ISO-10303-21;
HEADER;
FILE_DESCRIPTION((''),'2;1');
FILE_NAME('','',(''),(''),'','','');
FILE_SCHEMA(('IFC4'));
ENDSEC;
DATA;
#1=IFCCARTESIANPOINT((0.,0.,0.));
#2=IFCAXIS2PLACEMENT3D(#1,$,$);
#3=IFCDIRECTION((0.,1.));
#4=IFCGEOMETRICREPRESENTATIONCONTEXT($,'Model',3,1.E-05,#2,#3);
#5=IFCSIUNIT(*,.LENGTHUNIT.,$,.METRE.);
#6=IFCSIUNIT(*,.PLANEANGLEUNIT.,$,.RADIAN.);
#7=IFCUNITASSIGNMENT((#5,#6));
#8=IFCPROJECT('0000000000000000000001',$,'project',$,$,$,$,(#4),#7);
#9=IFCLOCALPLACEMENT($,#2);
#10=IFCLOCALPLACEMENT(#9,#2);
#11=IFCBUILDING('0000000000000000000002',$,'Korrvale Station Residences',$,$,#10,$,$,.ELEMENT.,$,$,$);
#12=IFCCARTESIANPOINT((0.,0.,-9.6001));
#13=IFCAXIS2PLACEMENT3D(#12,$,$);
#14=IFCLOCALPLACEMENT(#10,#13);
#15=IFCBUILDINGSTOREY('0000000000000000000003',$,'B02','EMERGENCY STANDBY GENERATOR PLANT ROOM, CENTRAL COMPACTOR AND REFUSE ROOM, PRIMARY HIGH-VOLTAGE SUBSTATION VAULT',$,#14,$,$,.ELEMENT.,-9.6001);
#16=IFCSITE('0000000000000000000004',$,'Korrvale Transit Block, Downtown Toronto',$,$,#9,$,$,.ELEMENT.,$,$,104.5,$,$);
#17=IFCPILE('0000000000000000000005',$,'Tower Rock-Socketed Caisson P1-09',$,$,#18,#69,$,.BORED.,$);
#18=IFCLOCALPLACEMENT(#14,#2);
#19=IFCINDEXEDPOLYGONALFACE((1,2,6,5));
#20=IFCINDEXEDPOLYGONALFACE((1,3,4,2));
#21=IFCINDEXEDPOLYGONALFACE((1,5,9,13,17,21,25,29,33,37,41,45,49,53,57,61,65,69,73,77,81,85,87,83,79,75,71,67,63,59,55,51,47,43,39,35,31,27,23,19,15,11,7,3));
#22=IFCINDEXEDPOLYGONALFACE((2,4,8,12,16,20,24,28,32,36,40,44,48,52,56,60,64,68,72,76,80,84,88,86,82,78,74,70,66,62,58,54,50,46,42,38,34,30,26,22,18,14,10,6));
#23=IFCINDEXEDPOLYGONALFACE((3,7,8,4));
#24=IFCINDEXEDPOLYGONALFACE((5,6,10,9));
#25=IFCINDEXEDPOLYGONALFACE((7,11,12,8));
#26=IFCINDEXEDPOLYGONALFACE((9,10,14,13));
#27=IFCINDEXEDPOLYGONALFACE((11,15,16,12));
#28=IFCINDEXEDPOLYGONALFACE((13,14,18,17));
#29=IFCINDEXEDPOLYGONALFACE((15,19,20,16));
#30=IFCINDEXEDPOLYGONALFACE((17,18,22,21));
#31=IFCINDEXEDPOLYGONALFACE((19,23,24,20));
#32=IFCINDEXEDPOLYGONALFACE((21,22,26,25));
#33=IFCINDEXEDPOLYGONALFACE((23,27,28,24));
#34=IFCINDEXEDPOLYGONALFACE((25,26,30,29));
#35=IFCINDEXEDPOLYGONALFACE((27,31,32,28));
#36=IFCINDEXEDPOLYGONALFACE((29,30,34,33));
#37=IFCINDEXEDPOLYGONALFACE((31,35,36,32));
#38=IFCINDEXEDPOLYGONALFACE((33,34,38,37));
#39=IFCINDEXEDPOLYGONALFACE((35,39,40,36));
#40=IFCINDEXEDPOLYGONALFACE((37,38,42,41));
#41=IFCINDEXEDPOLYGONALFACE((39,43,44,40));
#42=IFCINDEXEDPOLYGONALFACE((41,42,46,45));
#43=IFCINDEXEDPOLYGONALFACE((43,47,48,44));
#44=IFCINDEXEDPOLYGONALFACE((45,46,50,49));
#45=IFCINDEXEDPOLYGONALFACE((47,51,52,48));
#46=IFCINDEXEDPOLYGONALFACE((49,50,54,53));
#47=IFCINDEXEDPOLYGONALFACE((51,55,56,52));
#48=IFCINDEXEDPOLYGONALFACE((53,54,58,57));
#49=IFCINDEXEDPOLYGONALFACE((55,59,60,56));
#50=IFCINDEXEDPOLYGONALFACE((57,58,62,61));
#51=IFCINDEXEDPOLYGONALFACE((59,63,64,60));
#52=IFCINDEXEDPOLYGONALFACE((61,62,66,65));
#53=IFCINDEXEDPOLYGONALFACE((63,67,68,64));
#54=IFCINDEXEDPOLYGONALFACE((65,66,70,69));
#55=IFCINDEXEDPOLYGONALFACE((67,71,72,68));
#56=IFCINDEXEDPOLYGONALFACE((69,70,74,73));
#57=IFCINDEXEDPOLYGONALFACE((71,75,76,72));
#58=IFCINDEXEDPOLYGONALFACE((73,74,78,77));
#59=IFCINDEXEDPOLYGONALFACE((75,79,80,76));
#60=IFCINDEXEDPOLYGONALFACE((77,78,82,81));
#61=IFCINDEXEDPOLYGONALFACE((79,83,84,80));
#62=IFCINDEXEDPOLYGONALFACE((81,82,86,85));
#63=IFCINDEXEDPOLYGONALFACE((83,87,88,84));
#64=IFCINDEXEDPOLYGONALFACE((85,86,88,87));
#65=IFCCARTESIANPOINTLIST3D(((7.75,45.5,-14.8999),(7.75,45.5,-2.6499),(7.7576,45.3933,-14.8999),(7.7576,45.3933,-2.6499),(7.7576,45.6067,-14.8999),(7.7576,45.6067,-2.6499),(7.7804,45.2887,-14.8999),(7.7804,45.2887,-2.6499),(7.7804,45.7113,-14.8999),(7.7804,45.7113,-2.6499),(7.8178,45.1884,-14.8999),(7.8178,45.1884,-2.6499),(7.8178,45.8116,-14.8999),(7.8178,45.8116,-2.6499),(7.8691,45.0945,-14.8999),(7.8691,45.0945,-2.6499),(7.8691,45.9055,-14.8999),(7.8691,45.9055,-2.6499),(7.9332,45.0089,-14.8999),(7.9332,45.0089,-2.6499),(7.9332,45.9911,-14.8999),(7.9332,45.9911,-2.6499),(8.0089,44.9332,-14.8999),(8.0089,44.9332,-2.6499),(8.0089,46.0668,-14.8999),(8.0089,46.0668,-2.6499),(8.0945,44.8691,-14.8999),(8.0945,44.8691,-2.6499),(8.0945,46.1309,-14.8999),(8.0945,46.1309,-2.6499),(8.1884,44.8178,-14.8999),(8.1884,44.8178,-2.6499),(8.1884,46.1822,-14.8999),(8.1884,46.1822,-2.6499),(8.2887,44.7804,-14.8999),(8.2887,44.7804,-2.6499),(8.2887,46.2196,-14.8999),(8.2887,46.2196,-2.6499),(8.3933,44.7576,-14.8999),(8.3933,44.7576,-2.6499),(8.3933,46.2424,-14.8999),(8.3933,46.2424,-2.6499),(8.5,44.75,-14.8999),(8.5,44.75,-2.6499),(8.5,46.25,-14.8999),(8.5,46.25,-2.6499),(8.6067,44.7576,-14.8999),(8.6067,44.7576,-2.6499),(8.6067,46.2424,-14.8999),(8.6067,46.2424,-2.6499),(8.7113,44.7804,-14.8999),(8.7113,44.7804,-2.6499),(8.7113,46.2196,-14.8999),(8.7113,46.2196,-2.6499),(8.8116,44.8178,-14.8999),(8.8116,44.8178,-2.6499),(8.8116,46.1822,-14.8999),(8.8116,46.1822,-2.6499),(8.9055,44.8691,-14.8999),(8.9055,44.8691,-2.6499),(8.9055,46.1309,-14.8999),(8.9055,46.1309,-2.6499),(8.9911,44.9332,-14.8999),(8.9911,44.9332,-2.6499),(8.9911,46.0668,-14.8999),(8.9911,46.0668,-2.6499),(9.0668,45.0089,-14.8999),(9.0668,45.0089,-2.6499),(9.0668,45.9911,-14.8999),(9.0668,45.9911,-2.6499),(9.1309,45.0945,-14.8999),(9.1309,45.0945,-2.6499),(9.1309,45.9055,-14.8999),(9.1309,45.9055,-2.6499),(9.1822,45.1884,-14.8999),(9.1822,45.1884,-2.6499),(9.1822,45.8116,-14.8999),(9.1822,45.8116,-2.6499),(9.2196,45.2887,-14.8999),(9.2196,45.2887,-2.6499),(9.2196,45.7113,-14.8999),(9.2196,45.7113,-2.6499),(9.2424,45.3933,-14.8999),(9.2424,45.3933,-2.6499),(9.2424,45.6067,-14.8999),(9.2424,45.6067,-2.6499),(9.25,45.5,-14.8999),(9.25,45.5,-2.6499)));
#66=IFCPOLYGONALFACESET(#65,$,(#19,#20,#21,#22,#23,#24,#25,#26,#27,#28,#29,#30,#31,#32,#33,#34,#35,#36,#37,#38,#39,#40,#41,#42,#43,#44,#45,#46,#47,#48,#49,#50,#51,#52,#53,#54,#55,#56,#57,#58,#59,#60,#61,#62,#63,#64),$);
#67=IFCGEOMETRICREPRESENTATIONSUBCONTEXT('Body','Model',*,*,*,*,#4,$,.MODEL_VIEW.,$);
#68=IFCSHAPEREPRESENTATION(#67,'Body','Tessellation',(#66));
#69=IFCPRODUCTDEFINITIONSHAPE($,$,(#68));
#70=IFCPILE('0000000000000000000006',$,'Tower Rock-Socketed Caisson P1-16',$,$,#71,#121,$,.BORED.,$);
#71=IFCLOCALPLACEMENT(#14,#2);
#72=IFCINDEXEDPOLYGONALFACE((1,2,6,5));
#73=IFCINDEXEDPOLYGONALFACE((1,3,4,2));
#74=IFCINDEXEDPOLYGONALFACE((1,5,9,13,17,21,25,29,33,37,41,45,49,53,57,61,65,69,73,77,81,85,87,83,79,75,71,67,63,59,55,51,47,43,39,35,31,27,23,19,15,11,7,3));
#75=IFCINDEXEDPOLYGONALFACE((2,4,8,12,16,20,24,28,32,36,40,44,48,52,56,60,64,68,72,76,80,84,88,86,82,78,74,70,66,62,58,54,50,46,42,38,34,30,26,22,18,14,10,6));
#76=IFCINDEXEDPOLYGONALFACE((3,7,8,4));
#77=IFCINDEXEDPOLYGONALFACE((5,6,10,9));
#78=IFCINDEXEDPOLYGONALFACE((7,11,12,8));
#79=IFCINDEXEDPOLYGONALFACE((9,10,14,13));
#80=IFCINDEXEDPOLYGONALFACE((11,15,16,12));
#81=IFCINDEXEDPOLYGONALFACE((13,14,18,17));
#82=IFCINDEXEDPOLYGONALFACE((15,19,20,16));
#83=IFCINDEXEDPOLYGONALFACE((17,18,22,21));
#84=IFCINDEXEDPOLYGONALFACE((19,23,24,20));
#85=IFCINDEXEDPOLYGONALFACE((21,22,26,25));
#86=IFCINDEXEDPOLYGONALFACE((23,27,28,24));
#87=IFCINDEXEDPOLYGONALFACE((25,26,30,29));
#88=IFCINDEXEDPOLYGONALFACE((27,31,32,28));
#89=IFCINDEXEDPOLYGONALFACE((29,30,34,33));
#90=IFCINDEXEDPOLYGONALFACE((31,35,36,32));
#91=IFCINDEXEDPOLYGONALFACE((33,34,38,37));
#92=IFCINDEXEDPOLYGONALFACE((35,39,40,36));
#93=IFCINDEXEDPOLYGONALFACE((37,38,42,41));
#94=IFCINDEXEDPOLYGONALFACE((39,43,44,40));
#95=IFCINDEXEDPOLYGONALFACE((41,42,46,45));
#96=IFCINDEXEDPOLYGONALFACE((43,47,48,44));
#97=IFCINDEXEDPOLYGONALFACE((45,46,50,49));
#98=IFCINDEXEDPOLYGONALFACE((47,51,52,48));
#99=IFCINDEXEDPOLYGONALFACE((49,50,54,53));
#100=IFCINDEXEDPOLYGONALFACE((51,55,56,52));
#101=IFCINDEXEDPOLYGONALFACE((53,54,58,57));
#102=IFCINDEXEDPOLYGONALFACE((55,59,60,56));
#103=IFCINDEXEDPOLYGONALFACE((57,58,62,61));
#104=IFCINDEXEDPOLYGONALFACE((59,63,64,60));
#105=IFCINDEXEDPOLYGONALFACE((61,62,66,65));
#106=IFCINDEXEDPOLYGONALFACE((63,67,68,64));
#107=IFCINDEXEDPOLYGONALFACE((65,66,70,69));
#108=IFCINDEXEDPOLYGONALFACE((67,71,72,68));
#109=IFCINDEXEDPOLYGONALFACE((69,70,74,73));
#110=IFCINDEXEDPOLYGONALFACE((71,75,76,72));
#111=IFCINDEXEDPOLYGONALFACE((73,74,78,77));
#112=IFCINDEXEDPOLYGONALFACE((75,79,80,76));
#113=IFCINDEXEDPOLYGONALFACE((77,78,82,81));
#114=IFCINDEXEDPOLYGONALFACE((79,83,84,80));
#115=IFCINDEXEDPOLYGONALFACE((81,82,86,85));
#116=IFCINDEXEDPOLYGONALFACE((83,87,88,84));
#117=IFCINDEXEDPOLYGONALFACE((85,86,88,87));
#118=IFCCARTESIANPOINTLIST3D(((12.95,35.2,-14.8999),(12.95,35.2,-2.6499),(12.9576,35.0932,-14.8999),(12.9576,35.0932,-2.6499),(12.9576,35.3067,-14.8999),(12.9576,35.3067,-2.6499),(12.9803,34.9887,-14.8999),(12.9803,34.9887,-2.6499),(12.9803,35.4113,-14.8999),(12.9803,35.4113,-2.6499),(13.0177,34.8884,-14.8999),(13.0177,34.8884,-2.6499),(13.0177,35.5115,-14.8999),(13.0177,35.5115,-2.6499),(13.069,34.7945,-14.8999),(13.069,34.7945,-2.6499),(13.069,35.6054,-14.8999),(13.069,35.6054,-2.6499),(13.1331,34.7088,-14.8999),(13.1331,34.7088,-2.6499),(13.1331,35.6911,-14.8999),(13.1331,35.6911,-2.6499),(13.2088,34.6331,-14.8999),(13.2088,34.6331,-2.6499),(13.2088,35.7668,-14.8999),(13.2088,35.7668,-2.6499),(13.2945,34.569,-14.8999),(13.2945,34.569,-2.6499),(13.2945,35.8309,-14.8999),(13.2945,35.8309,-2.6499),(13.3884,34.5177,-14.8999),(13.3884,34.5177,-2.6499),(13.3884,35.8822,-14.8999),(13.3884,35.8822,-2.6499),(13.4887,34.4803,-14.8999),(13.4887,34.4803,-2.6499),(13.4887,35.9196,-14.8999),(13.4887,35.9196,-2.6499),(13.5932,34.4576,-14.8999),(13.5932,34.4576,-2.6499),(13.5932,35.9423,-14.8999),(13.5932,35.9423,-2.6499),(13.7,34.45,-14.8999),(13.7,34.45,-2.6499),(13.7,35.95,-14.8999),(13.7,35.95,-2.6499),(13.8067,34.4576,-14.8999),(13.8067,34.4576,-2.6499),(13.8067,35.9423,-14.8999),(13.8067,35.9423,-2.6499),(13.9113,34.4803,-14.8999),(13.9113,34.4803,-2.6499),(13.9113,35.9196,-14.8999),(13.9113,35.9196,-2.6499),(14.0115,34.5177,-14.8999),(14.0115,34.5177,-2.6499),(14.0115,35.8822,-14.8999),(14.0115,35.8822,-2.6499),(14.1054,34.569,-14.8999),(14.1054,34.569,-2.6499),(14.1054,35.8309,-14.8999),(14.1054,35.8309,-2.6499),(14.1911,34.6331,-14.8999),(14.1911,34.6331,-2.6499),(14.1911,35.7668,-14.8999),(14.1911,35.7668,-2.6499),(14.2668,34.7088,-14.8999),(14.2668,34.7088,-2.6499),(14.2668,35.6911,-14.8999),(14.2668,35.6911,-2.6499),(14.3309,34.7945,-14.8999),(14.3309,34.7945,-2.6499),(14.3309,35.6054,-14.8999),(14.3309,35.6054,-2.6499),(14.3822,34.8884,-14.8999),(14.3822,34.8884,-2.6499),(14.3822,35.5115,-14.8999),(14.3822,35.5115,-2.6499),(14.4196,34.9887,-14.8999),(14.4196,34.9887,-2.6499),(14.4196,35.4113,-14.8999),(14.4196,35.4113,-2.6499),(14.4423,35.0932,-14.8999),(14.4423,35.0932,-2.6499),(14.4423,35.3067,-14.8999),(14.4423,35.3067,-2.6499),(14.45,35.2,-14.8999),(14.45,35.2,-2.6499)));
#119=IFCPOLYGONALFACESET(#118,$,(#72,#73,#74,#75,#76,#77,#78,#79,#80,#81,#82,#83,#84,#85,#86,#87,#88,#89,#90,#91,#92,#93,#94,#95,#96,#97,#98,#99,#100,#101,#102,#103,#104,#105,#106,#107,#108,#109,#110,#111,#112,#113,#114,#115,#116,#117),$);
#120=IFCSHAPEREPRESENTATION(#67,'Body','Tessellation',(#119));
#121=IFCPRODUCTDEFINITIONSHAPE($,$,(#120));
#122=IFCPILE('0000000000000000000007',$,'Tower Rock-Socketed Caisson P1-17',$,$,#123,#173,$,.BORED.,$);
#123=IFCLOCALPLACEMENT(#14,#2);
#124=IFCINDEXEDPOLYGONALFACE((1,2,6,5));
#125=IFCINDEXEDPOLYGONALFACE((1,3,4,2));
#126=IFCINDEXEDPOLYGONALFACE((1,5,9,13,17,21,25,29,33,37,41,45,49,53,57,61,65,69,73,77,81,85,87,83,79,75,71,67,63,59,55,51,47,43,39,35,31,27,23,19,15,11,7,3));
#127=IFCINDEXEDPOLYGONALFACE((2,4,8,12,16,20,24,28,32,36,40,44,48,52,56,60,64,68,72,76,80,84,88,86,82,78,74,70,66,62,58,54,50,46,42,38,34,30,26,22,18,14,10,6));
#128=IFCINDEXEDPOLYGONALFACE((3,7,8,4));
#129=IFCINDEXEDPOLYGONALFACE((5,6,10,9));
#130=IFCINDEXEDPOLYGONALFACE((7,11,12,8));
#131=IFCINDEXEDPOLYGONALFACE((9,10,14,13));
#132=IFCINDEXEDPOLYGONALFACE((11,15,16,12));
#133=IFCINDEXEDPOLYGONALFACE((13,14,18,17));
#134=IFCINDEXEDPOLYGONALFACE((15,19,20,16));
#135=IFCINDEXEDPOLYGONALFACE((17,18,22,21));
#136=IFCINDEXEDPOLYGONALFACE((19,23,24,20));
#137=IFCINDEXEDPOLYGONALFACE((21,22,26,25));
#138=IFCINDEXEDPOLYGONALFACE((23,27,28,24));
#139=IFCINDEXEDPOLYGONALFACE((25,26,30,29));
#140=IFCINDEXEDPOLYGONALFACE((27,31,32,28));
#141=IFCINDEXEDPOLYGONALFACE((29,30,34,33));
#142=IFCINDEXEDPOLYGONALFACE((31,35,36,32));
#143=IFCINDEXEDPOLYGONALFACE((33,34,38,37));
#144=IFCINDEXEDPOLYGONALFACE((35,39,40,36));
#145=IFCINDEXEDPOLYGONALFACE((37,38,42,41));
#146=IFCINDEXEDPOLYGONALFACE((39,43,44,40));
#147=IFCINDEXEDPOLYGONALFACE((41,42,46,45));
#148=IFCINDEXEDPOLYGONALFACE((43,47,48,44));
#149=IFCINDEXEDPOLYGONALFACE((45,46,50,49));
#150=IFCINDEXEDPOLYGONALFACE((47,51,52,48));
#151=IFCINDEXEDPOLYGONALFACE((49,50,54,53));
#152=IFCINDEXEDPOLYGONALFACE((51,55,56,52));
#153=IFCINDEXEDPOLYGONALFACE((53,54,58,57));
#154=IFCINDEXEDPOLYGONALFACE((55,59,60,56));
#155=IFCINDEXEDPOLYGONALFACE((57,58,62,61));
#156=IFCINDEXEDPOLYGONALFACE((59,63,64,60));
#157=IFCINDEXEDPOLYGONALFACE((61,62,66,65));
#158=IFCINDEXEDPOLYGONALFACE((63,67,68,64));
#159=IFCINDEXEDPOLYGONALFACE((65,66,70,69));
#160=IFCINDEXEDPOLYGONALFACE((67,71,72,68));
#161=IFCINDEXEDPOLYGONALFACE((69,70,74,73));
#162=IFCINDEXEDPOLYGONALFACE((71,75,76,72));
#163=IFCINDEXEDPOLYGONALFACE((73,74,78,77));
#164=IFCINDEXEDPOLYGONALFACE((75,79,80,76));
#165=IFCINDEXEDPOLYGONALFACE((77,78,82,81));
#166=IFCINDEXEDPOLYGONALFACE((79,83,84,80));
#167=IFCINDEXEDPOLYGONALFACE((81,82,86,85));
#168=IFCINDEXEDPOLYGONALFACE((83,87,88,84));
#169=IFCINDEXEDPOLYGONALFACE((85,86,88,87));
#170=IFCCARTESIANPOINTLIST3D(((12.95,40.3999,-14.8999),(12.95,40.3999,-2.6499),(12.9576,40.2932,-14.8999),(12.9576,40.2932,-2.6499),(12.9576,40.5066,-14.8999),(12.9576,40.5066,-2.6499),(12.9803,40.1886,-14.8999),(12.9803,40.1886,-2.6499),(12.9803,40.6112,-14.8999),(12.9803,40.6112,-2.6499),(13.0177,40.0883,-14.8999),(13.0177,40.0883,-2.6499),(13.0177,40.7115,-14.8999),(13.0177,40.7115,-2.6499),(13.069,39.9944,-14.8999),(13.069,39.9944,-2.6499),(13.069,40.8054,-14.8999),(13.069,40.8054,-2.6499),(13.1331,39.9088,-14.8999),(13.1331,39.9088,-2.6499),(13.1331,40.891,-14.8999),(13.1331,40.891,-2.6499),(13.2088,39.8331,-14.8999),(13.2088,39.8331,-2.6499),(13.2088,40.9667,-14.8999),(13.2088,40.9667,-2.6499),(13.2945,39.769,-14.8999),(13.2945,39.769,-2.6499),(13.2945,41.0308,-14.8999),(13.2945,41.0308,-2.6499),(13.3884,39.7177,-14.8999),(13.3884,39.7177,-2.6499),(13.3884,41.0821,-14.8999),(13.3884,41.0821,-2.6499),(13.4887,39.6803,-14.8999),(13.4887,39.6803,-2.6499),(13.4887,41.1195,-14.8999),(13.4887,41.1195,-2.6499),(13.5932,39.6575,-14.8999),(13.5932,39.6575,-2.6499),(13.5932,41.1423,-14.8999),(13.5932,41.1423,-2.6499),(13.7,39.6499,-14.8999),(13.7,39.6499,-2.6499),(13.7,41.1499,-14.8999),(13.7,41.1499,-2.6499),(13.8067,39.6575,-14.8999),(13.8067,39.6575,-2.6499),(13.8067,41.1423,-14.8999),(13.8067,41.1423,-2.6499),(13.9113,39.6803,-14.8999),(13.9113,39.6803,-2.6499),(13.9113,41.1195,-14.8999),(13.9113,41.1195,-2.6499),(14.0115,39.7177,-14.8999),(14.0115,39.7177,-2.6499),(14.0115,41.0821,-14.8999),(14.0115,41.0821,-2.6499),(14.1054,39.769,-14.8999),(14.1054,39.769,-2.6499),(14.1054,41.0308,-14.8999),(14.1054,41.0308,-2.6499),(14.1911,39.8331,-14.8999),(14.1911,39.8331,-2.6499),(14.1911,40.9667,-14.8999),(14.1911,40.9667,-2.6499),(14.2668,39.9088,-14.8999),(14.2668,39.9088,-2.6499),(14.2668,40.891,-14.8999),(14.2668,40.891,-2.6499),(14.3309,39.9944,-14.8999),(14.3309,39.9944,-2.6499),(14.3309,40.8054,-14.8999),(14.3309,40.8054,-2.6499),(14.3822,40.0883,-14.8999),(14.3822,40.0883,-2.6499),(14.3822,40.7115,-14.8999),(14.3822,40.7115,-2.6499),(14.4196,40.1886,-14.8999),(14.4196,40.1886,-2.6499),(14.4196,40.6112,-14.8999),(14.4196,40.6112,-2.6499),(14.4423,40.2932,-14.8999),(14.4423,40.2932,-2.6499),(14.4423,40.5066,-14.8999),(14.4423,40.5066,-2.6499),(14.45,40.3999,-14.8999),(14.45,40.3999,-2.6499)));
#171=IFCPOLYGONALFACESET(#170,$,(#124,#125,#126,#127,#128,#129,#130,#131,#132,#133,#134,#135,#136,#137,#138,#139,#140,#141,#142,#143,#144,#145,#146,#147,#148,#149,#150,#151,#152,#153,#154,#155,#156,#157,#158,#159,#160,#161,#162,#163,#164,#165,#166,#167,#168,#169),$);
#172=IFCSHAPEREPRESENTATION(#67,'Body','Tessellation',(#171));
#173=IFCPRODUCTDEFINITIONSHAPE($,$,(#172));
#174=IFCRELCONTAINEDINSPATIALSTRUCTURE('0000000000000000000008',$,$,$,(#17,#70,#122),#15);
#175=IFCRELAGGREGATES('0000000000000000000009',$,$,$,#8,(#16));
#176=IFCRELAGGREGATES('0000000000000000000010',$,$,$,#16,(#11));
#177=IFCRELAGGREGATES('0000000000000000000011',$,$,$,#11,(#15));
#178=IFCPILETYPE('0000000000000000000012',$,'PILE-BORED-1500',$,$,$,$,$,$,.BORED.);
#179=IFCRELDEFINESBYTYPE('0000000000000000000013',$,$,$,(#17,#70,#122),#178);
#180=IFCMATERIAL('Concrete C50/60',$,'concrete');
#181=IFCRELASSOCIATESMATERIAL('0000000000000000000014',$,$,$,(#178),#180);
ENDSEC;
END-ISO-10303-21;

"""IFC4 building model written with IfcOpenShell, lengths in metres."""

from ifc_helpers import new_model, si_unit, direction, frame, origin, origin_2d, place, context, subcontext, project, spatial, circle, extrude, material, material_profile, profile_set, type_object, element, save


model = new_model("IFC4")

# Units and contexts
model_context = context("Model", 3, precision=1e-05, world=origin(), true_north=direction((0.0, 1.0)))
body_context = subcontext(model_context, "Body", "Model", "MODEL_VIEW")
ifc_project = project(units=[si_unit("LENGTHUNIT", "METRE"), si_unit("PLANEANGLEUNIT", "RADIAN")], contexts=[model_context])

# Site, building, storey
site_placement = place(None, origin())
site = spatial("IfcSite", under=ifc_project, at=site_placement, Name="Korrvale Transit Block, Downtown Toronto", CompositionType="ELEMENT", RefElevation=104.5)
building_placement = place(site_placement, origin())
building = spatial("IfcBuilding", under=site, at=building_placement, Name="Korrvale Station Residences", CompositionType="ELEMENT")
storey_placement = place(building_placement, frame((0.0, 0.0, -9.6001)))
storey = spatial("IfcBuildingStorey", under=building, at=storey_placement, Name="B02", Description="EMERGENCY STANDBY GENERATOR PLANT ROOM, CENTRAL COMPACTOR AND REFUSE ROOM, PRIMARY HIGH-VOLTAGE SUBSTATION VAULT", CompositionType="ELEMENT", Elevation=-9.6001)

# Piles
ifc_material_1 = material(Name="Concrete C50/60", Category="concrete")
ifc_material_profile_1 = material_profile(ifc_material_1, circle(Radius=0.75, at=origin_2d()), Name="PILE1500")
ifc_profile_set_1 = profile_set([ifc_material_profile_1], Name="Concrete C50/60")
pile_type_1 = type_object("IfcPileType", Name="PILE-BORED-1500", PredefinedType="BORED", material=ifc_profile_set_1)
for number, where, z_axis, x_axis, name in (
    (1, (8.5, 45.5, -2.6499), (0.0, 0.0, -1.0), (1.0, 0.0, 0.0), "Tower Rock-Socketed Caisson P1-09"),
    (2, (13.7, 35.2, -2.6499), (0.0, 0.0, -1.0), (1.0, 0.0, 0.0), "Tower Rock-Socketed Caisson P1-16"),
    (3, (13.7, 40.3999, -2.6499), (0.0, 0.0, -1.0), (1.0, 0.0, 0.0), "Tower Rock-Socketed Caisson P1-17"),
):
    element("IfcPile", number, at=place(storey_placement, frame(where, z_axis=z_axis, x_axis=x_axis)), inside=storey, type_object=pile_type_1, Name=name, PredefinedType="BORED", context=body_context, shape_type="SweptSolid", body=[
        extrude(circle(Radius=0.75, at=origin_2d()), origin(), (0.0, 0.0, 1.0), 12.25),
    ])

save(model, "model.ifc")
